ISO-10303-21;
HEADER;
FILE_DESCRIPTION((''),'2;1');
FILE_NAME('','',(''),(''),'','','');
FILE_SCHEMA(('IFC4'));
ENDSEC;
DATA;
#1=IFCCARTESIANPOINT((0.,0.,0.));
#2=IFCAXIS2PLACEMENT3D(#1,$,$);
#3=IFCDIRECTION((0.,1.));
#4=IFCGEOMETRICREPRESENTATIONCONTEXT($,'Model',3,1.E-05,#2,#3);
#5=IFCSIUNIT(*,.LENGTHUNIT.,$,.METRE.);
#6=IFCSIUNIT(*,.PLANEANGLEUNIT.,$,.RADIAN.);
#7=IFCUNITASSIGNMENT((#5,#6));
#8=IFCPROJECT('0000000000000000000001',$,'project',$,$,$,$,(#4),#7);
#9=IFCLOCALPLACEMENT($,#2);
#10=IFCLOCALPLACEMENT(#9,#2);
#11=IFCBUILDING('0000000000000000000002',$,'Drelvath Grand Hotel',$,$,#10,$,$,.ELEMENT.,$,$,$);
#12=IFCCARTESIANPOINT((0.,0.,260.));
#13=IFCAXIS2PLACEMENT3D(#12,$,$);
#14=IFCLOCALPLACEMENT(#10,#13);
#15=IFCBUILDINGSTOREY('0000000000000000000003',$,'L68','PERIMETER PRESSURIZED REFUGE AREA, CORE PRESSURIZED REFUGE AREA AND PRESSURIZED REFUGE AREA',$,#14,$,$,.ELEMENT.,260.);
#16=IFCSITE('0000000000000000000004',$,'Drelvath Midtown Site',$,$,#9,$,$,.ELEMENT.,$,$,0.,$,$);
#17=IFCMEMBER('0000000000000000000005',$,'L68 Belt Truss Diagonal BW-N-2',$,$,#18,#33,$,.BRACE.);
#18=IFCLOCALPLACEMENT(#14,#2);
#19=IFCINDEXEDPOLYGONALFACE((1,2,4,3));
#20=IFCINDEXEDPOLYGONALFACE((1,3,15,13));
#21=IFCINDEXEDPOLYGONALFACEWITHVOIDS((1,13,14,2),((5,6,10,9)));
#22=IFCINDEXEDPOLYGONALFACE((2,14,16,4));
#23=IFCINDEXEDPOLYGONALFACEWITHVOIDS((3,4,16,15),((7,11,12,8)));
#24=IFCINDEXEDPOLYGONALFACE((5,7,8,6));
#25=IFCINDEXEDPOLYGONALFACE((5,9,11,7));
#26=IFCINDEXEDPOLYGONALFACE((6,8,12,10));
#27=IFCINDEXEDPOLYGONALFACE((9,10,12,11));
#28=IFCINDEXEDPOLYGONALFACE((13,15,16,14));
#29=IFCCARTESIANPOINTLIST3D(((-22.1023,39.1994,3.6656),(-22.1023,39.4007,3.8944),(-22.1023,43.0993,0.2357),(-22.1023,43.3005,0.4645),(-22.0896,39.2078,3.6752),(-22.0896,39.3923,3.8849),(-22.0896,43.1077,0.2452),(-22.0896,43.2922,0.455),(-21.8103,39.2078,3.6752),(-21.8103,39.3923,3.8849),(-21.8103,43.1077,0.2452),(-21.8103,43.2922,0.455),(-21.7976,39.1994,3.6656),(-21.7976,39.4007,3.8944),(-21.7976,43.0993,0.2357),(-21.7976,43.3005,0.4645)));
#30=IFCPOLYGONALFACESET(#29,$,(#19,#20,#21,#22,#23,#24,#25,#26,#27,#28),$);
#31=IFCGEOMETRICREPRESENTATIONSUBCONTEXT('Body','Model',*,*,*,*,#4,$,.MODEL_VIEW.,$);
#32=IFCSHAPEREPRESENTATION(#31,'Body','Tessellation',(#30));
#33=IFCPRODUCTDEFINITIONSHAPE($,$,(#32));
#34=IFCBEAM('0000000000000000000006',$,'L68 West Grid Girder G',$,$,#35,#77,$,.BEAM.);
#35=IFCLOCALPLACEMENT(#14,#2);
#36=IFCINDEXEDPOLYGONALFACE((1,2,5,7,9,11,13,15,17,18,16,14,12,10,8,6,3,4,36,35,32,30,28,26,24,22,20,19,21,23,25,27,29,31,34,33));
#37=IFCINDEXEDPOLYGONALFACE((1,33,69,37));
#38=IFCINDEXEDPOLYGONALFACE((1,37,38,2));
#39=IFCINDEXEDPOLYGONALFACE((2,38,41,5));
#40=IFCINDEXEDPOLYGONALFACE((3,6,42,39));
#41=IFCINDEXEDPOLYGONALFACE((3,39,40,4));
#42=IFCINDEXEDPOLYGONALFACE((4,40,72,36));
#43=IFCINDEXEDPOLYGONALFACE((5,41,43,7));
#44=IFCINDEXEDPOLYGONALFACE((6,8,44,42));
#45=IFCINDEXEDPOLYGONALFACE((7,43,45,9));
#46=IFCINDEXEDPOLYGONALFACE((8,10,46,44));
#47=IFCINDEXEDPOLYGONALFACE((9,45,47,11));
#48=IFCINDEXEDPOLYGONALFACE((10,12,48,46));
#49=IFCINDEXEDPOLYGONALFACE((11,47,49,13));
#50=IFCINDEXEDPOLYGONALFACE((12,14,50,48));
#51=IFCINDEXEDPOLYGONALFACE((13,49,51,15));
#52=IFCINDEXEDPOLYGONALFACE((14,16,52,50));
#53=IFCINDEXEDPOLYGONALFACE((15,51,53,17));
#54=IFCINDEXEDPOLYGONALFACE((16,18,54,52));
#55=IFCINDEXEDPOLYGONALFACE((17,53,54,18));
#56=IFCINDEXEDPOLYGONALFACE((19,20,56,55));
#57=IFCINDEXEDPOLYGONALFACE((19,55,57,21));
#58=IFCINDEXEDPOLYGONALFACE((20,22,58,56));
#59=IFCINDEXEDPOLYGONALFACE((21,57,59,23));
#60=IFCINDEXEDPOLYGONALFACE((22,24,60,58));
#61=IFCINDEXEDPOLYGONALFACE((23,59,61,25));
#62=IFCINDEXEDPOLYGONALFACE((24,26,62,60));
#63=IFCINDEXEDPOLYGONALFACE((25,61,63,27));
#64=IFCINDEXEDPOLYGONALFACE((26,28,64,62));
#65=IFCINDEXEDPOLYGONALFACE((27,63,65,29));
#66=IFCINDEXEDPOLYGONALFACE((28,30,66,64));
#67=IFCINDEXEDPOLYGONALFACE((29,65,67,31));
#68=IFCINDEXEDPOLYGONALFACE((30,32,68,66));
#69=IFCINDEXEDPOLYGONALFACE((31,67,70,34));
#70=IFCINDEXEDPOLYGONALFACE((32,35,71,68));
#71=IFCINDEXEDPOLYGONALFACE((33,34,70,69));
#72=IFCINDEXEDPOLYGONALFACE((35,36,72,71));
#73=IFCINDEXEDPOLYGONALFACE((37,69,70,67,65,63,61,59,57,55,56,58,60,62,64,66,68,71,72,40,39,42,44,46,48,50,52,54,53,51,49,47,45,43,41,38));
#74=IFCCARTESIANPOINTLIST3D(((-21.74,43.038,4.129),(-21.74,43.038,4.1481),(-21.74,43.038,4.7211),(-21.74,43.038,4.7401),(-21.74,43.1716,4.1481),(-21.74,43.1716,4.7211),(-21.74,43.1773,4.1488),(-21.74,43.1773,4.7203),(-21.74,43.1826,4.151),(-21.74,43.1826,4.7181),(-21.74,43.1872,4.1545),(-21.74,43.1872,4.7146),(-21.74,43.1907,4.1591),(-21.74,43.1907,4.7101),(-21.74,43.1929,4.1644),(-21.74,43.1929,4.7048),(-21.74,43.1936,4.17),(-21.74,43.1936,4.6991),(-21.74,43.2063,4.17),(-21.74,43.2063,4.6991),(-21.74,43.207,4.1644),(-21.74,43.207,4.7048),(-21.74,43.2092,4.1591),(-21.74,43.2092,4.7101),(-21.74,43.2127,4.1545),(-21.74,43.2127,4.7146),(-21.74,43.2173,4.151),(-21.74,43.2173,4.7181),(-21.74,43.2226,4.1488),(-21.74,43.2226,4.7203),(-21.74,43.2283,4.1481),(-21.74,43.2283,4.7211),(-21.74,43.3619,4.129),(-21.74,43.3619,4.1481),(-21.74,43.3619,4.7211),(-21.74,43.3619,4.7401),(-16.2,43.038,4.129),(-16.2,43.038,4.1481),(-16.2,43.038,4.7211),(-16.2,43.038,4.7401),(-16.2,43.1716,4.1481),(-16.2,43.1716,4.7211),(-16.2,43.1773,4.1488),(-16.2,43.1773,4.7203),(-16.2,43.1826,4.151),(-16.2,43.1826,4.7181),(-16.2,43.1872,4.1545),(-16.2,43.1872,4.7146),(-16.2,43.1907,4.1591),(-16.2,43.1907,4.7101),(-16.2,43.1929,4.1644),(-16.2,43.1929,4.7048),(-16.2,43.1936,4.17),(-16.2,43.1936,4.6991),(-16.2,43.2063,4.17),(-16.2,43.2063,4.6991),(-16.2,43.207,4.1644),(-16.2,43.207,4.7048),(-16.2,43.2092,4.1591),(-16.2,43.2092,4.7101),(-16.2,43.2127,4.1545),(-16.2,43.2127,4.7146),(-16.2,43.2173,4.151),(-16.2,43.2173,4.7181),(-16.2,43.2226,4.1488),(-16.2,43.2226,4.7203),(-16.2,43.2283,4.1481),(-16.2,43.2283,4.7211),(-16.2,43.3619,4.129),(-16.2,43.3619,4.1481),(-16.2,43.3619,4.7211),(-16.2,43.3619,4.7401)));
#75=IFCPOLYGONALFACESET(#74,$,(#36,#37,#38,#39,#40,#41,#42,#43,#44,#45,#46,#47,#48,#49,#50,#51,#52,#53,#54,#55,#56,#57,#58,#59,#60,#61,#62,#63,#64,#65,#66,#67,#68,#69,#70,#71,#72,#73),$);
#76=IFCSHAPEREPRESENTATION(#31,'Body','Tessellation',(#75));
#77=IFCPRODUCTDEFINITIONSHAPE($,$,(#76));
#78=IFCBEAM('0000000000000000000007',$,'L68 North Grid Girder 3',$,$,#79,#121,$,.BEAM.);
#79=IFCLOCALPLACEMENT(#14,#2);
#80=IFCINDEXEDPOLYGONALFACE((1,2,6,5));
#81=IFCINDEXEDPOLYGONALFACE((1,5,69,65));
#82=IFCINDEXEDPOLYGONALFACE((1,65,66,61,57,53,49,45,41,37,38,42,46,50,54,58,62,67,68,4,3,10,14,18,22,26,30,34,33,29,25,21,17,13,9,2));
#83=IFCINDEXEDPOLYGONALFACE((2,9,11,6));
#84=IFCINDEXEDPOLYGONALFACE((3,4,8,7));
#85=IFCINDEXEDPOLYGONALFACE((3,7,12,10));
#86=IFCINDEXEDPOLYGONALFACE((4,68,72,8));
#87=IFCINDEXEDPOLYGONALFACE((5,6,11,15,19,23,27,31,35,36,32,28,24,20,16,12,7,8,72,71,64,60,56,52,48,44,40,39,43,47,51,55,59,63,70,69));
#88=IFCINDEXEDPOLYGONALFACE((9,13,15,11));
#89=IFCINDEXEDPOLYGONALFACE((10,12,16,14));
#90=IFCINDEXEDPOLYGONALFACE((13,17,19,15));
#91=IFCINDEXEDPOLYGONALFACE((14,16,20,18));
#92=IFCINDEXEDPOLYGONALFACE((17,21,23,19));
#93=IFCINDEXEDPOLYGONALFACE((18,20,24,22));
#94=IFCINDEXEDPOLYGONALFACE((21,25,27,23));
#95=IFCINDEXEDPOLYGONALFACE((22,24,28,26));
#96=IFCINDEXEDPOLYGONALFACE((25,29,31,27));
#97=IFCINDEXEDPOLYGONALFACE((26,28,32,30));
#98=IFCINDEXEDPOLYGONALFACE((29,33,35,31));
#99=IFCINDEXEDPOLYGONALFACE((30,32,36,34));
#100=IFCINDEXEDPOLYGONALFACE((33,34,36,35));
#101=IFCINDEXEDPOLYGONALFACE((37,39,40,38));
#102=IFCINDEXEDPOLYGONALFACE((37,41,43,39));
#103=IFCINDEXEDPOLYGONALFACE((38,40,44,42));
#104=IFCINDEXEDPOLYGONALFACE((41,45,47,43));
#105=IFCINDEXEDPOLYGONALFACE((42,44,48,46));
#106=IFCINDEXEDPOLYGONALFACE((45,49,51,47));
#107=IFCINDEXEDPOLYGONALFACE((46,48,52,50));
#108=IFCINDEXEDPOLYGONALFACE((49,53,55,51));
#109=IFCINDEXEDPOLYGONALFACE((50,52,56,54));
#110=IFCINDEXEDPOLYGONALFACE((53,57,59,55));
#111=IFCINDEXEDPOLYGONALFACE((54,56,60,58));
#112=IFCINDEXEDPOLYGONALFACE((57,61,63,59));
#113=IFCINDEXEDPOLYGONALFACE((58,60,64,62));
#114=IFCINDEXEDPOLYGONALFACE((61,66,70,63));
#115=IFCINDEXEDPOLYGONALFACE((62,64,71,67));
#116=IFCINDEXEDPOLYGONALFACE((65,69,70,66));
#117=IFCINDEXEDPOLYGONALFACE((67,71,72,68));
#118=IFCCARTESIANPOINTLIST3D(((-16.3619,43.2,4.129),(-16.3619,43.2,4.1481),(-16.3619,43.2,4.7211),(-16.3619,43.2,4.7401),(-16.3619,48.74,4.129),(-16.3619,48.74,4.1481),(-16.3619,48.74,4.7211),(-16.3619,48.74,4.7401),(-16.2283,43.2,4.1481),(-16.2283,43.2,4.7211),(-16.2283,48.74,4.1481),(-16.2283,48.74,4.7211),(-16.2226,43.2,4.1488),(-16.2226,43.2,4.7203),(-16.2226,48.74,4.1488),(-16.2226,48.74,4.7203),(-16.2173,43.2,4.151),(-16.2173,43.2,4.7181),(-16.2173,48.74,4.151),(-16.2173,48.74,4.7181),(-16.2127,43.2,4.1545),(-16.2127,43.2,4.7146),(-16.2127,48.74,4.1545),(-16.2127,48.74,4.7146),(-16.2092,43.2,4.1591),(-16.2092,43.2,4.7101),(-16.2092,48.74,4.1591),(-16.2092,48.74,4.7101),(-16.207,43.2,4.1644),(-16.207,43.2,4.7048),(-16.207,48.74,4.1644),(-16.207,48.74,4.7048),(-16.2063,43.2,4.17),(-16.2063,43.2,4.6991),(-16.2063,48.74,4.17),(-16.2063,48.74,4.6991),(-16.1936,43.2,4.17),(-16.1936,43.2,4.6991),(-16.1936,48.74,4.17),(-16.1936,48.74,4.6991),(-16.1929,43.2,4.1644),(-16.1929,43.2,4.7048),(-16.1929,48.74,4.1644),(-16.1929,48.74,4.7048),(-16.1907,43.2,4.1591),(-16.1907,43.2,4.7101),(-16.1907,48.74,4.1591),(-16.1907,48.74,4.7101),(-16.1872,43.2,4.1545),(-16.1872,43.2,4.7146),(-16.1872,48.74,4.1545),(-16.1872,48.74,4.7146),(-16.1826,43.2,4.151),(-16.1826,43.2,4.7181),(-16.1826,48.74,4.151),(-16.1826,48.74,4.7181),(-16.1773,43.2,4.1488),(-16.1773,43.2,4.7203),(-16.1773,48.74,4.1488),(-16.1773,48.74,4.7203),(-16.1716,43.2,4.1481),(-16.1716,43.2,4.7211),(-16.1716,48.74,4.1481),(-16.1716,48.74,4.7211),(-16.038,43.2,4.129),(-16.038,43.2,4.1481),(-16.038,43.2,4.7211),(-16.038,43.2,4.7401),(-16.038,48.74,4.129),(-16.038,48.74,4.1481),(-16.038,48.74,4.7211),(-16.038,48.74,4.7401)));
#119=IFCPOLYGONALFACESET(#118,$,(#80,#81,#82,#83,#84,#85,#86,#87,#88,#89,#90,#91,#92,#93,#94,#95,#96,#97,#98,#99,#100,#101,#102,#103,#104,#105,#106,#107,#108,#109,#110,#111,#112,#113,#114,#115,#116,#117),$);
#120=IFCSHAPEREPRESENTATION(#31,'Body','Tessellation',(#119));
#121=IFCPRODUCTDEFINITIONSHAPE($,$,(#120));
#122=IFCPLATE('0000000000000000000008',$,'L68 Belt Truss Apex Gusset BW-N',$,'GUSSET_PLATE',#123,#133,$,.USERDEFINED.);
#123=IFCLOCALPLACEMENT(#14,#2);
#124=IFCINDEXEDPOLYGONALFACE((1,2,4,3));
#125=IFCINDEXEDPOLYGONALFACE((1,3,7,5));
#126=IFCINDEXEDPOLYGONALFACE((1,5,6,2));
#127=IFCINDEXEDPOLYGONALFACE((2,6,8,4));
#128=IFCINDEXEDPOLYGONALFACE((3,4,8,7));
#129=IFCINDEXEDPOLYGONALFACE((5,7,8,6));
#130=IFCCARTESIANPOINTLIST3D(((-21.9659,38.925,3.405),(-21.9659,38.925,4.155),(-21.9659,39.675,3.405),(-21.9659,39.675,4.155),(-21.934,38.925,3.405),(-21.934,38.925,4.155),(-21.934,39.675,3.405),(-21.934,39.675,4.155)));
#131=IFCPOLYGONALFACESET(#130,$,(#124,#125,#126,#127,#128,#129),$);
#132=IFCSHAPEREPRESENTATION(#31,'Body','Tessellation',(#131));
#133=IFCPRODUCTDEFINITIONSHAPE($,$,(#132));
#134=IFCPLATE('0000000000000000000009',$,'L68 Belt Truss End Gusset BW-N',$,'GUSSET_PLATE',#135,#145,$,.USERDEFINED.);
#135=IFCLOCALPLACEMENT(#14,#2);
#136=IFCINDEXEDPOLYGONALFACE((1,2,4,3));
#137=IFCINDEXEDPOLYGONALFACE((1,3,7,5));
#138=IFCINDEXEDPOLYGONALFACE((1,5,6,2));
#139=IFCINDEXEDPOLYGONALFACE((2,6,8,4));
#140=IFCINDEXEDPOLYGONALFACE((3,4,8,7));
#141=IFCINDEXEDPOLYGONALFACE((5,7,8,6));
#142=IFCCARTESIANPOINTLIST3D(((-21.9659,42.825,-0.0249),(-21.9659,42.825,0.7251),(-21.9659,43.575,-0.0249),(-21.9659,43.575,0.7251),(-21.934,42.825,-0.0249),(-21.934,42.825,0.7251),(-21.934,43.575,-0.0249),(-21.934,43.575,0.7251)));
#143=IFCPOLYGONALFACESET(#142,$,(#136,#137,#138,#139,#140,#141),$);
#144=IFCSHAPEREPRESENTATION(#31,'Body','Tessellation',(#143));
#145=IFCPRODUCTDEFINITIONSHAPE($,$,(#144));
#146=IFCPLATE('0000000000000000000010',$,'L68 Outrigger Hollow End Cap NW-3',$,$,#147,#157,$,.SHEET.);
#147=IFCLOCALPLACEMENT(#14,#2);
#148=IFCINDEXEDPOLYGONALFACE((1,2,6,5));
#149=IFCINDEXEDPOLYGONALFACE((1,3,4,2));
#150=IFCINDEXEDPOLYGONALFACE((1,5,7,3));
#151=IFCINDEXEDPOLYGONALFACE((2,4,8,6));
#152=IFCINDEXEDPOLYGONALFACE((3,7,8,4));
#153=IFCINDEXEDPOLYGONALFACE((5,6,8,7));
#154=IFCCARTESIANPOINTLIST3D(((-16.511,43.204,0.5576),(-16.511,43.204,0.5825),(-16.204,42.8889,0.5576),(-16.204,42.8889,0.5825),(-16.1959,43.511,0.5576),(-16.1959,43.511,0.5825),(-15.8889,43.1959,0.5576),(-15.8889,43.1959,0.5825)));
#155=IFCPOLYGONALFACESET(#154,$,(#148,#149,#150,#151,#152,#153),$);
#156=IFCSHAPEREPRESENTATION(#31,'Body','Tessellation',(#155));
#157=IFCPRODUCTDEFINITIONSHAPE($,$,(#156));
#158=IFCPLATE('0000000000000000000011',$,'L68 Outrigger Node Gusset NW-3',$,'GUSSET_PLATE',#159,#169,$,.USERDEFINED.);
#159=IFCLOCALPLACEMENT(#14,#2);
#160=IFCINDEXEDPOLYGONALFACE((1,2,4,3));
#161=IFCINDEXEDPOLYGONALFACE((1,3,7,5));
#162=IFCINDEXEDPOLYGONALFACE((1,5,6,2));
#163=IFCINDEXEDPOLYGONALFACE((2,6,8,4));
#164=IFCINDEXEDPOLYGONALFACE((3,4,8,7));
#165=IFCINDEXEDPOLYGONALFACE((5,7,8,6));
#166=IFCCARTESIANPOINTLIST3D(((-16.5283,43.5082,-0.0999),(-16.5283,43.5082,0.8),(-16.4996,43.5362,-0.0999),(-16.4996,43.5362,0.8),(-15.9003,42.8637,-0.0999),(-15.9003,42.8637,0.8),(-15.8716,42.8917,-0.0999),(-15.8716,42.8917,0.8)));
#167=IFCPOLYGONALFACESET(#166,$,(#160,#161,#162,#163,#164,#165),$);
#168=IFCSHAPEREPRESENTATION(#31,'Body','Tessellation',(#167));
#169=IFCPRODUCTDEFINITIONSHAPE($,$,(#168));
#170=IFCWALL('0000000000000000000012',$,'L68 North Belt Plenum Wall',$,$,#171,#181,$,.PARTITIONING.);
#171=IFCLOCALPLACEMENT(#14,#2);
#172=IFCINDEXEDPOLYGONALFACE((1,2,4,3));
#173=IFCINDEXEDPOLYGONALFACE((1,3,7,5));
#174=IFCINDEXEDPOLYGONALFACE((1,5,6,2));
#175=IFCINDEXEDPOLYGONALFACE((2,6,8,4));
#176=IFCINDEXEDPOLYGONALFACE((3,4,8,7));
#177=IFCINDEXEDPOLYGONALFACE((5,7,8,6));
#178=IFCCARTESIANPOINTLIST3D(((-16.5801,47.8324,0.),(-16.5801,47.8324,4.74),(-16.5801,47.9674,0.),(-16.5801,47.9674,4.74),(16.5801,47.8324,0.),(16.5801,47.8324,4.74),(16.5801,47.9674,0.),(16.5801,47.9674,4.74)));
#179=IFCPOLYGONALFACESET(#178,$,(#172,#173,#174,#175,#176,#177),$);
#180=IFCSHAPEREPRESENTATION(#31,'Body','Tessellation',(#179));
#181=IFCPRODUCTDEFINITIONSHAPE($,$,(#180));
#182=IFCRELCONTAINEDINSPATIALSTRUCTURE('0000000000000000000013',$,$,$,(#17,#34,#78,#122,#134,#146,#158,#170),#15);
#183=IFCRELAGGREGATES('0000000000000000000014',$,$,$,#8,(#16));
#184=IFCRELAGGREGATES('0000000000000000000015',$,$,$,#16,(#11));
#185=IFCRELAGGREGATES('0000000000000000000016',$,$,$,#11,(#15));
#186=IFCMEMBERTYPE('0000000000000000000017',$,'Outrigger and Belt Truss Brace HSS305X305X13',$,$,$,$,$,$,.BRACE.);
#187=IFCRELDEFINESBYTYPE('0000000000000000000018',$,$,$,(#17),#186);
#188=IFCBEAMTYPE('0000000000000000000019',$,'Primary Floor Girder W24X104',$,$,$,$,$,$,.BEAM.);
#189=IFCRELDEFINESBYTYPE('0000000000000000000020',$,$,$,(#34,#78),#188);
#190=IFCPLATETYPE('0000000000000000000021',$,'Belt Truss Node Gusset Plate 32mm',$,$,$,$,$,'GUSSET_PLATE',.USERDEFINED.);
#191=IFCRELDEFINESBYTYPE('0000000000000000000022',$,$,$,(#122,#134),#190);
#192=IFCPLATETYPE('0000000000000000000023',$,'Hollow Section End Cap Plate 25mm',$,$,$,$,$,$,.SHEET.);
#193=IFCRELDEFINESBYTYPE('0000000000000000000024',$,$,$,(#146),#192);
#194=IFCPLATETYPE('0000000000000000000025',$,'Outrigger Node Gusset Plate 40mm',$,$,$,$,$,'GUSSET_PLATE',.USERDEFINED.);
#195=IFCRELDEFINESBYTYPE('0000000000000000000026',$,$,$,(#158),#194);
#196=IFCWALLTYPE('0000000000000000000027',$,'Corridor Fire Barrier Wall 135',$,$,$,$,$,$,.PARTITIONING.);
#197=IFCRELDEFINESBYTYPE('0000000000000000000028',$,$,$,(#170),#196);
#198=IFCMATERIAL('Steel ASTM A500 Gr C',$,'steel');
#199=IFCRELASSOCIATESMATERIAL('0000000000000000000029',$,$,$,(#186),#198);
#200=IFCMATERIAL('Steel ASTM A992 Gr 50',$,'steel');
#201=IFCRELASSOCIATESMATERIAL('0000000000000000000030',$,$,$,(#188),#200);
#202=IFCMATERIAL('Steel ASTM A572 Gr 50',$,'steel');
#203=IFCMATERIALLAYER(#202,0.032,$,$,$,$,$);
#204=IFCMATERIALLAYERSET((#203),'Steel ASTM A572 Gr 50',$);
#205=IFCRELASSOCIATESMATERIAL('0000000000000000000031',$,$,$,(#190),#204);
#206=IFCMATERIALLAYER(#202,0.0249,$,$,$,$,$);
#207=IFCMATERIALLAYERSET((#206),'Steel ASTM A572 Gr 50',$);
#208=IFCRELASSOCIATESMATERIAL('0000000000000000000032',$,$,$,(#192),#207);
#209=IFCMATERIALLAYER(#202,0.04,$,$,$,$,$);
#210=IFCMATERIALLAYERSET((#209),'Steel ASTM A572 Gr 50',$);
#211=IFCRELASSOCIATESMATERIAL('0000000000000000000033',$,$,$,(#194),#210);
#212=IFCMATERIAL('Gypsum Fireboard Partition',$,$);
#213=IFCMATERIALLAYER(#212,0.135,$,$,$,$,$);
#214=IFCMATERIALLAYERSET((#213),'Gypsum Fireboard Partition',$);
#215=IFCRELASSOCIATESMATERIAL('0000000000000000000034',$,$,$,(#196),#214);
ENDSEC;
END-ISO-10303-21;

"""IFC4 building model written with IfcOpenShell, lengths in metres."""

from ifc_helpers import new_model, si_unit, direction, frame, frame_2d, origin, origin_2d, place, context, subcontext, project, spatial, rectangle, hollow_rectangle, i_section, extrude, material, layer, layer_set, material_profile, profile_set, type_object, element, save


model = new_model("IFC4")

# Units and contexts
model_context = context("Model", 3, precision=1e-05, world=origin(), true_north=direction((0.0, 1.0)))
body_context = subcontext(model_context, "Body", "Model", "MODEL_VIEW")
ifc_project = project(units=[si_unit("LENGTHUNIT", "METRE"), si_unit("PLANEANGLEUNIT", "RADIAN")], contexts=[model_context])

# Site, building, storey
site_placement = place(None, origin())
site = spatial("IfcSite", under=ifc_project, at=site_placement, Name="Drelvath Midtown Site", CompositionType="ELEMENT", RefElevation=0.0)
building_placement = place(site_placement, origin())
building = spatial("IfcBuilding", under=site, at=building_placement, Name="Drelvath Grand Hotel", CompositionType="ELEMENT")
storey_placement = place(building_placement, frame((0.0, 0.0, 260.0)))
storey = spatial("IfcBuildingStorey", under=building, at=storey_placement, Name="L68", Description="PERIMETER PRESSURIZED REFUGE AREA, CORE PRESSURIZED REFUGE AREA AND PRESSURIZED REFUGE AREA", CompositionType="ELEMENT", Elevation=260.0)

# Shared definitions
ifc_material_1 = material(Name="Steel ASTM A572 Gr 50", Category="steel")
ifc_material_2 = material(Name="Steel ASTM A992 Gr 50", Category="steel")

# Member
ifc_material_3 = material(Name="Steel ASTM A500 Gr C", Category="steel")
ifc_material_profile_1 = material_profile(ifc_material_3, hollow_rectangle(XDim=0.3047, YDim=0.3047, WallThickness=0.0127, at=origin_2d()), Name="HSS305X305X13")
ifc_profile_set_1 = profile_set([ifc_material_profile_1], Name="Steel ASTM A500 Gr C")
member_type = type_object("IfcMemberType", Name="Outrigger and Belt Truss Brace HSS305X305X13", PredefinedType="BRACE", material=ifc_profile_set_1)
member_placement = place(storey_placement, frame((-21.95, 39.3, 3.78), z_axis=(0.0, 0.750903, -0.660413), x_axis=(-1.0, 0.0, 0.0)))
element("IfcMember", 1, at=member_placement, inside=storey, type_object=member_type, Name="L68 Belt Truss Diagonal BW-N-2", PredefinedType="BRACE", context=body_context, shape_type="SweptSolid", body=[
    extrude(hollow_rectangle(XDim=0.3047, YDim=0.3047, WallThickness=0.0127, at=origin_2d()), origin(), (0.0, 0.0, 1.0), 5.1936),
])

# Beams
ifc_material_profile_2 = material_profile(ifc_material_2, i_section(OverallWidth=0.324, OverallDepth=0.6111, WebThickness=0.0127, FlangeThickness=0.019, FilletRadius=0.022, at=origin_2d()), Name="W24X104")
ifc_profile_set_2 = profile_set([ifc_material_profile_2], Name="Steel ASTM A992 Gr 50")
beam_type_1 = type_object("IfcBeamType", Name="Primary Floor Girder W24X104", PredefinedType="BEAM", material=ifc_profile_set_2)
for number, where, z_axis, x_axis, name in (
    (2, (-21.74, 43.2, 4.4346), (1.0, 0.0, 0.0), (0.0, 1.0, 0.0), "L68 West Grid Girder G"),
    (3, (-16.2, 43.2, 4.4346), (0.0, 1.0, 0.0), (-1.0, 0.0, 0.0), "L68 North Grid Girder 3"),
):
    element("IfcBeam", number, at=place(storey_placement, frame(where, z_axis=z_axis, x_axis=x_axis)), inside=storey, type_object=beam_type_1, Name=name, PredefinedType="BEAM", context=body_context, shape_type="SweptSolid", body=[
        extrude(i_section(OverallWidth=0.324, OverallDepth=0.6111, WebThickness=0.0127, FlangeThickness=0.019, FilletRadius=0.022, at=origin_2d()), origin(), (0.0, 0.0, 1.0), 5.54),
    ])

# Plates
ifc_layer_1 = layer(ifc_material_1, 0.032)
ifc_layer_set_1 = layer_set([ifc_layer_1], Name="Steel ASTM A572 Gr 50")
plate_type_1 = type_object("IfcPlateType", Name="Belt Truss Node Gusset Plate 32mm", ElementType="GUSSET_PLATE", PredefinedType="USERDEFINED", material=ifc_layer_set_1)
for number, where, z_axis, x_axis, name in (
    (4, (-21.95, 39.3, 3.405), (0.0, 0.0, 1.0), (0.0, 1.0, 0.0), "L68 Belt Truss Apex Gusset BW-N"),
    (5, (-21.95, 43.2, -0.0249), (0.0, 0.0, 1.0), (0.0, 1.0, 0.0), "L68 Belt Truss End Gusset BW-N"),
):
    element("IfcPlate", number, at=place(storey_placement, frame(where, z_axis=z_axis, x_axis=x_axis)), inside=storey, type_object=plate_type_1, Name=name, ObjectType="GUSSET_PLATE", PredefinedType="USERDEFINED", context=body_context, shape_type="SweptSolid", body=[
        extrude(rectangle(XDim=0.75, YDim=0.032, at=origin_2d()), origin(), (0.0, 0.0, 1.0), 0.75),
    ])
ifc_layer_2 = layer(ifc_material_1, 0.0249)
ifc_layer_set_2 = layer_set([ifc_layer_2], Name="Steel ASTM A572 Gr 50")
plate_type_2 = type_object("IfcPlateType", Name="Hollow Section End Cap Plate 25mm", PredefinedType="SHEET", material=ifc_layer_set_2)
plate_1_placement = place(storey_placement, frame((-16.2, 43.2, 0.5576), z_axis=(0.0, 0.0, 1.0), x_axis=(-0.697865, 0.71623, 0.0)))
element("IfcPlate", 6, at=plate_1_placement, inside=storey, type_object=plate_type_2, Name="L68 Outrigger Hollow End Cap NW-3", PredefinedType="SHEET", context=body_context, shape_type="SweptSolid", body=[
    extrude(rectangle(XDim=0.4399, YDim=0.4399, at=origin_2d()), origin(), (0.0, 0.0, 1.0), 0.0249),
])
ifc_layer_3 = layer(ifc_material_1, 0.04)
ifc_layer_set_3 = layer_set([ifc_layer_3], Name="Steel ASTM A572 Gr 50")
plate_type_3 = type_object("IfcPlateType", Name="Outrigger Node Gusset Plate 40mm", ElementType="GUSSET_PLATE", PredefinedType="USERDEFINED", material=ifc_layer_set_3)
plate_2_placement = place(storey_placement, frame((-16.2, 43.2, -0.0999), z_axis=(0.0, 0.0, 1.0), x_axis=(-0.697865, 0.71623, 0.0)))
element("IfcPlate", 7, at=plate_2_placement, inside=storey, type_object=plate_type_3, Name="L68 Outrigger Node Gusset NW-3", ObjectType="GUSSET_PLATE", PredefinedType="USERDEFINED", context=body_context, shape_type="SweptSolid", body=[
    extrude(rectangle(XDim=0.8999, YDim=0.04, at=origin_2d()), origin(), (0.0, 0.0, 1.0), 0.8999),
])

# Wall
ifc_material_4 = material(Name="Gypsum Fireboard Partition")
ifc_layer_4 = layer(ifc_material_4, 0.135)
ifc_layer_set_4 = layer_set([ifc_layer_4], Name="Gypsum Fireboard Partition")
wall_type_1 = type_object("IfcWallType", Name="Corridor Fire Barrier Wall 135", PredefinedType="PARTITIONING", material=ifc_layer_set_4)
wall_1_placement = place(storey_placement, frame((-16.5801, 47.8999, 0.0), z_axis=(0.0, 0.0, 1.0), x_axis=(1.0, 0.0, 0.0)))
element("IfcWall", 8, at=wall_1_placement, inside=storey, type_object=wall_type_1, Name="L68 North Belt Plenum Wall", PredefinedType="PARTITIONING", context=body_context, shape_type="SweptSolid", body=[
    extrude(rectangle(XDim=33.1602, YDim=0.135, at=frame_2d((16.5801, 0.0))), origin(), (0.0, 0.0, 1.0), 4.74),
])

save(model, "model.ifc")
